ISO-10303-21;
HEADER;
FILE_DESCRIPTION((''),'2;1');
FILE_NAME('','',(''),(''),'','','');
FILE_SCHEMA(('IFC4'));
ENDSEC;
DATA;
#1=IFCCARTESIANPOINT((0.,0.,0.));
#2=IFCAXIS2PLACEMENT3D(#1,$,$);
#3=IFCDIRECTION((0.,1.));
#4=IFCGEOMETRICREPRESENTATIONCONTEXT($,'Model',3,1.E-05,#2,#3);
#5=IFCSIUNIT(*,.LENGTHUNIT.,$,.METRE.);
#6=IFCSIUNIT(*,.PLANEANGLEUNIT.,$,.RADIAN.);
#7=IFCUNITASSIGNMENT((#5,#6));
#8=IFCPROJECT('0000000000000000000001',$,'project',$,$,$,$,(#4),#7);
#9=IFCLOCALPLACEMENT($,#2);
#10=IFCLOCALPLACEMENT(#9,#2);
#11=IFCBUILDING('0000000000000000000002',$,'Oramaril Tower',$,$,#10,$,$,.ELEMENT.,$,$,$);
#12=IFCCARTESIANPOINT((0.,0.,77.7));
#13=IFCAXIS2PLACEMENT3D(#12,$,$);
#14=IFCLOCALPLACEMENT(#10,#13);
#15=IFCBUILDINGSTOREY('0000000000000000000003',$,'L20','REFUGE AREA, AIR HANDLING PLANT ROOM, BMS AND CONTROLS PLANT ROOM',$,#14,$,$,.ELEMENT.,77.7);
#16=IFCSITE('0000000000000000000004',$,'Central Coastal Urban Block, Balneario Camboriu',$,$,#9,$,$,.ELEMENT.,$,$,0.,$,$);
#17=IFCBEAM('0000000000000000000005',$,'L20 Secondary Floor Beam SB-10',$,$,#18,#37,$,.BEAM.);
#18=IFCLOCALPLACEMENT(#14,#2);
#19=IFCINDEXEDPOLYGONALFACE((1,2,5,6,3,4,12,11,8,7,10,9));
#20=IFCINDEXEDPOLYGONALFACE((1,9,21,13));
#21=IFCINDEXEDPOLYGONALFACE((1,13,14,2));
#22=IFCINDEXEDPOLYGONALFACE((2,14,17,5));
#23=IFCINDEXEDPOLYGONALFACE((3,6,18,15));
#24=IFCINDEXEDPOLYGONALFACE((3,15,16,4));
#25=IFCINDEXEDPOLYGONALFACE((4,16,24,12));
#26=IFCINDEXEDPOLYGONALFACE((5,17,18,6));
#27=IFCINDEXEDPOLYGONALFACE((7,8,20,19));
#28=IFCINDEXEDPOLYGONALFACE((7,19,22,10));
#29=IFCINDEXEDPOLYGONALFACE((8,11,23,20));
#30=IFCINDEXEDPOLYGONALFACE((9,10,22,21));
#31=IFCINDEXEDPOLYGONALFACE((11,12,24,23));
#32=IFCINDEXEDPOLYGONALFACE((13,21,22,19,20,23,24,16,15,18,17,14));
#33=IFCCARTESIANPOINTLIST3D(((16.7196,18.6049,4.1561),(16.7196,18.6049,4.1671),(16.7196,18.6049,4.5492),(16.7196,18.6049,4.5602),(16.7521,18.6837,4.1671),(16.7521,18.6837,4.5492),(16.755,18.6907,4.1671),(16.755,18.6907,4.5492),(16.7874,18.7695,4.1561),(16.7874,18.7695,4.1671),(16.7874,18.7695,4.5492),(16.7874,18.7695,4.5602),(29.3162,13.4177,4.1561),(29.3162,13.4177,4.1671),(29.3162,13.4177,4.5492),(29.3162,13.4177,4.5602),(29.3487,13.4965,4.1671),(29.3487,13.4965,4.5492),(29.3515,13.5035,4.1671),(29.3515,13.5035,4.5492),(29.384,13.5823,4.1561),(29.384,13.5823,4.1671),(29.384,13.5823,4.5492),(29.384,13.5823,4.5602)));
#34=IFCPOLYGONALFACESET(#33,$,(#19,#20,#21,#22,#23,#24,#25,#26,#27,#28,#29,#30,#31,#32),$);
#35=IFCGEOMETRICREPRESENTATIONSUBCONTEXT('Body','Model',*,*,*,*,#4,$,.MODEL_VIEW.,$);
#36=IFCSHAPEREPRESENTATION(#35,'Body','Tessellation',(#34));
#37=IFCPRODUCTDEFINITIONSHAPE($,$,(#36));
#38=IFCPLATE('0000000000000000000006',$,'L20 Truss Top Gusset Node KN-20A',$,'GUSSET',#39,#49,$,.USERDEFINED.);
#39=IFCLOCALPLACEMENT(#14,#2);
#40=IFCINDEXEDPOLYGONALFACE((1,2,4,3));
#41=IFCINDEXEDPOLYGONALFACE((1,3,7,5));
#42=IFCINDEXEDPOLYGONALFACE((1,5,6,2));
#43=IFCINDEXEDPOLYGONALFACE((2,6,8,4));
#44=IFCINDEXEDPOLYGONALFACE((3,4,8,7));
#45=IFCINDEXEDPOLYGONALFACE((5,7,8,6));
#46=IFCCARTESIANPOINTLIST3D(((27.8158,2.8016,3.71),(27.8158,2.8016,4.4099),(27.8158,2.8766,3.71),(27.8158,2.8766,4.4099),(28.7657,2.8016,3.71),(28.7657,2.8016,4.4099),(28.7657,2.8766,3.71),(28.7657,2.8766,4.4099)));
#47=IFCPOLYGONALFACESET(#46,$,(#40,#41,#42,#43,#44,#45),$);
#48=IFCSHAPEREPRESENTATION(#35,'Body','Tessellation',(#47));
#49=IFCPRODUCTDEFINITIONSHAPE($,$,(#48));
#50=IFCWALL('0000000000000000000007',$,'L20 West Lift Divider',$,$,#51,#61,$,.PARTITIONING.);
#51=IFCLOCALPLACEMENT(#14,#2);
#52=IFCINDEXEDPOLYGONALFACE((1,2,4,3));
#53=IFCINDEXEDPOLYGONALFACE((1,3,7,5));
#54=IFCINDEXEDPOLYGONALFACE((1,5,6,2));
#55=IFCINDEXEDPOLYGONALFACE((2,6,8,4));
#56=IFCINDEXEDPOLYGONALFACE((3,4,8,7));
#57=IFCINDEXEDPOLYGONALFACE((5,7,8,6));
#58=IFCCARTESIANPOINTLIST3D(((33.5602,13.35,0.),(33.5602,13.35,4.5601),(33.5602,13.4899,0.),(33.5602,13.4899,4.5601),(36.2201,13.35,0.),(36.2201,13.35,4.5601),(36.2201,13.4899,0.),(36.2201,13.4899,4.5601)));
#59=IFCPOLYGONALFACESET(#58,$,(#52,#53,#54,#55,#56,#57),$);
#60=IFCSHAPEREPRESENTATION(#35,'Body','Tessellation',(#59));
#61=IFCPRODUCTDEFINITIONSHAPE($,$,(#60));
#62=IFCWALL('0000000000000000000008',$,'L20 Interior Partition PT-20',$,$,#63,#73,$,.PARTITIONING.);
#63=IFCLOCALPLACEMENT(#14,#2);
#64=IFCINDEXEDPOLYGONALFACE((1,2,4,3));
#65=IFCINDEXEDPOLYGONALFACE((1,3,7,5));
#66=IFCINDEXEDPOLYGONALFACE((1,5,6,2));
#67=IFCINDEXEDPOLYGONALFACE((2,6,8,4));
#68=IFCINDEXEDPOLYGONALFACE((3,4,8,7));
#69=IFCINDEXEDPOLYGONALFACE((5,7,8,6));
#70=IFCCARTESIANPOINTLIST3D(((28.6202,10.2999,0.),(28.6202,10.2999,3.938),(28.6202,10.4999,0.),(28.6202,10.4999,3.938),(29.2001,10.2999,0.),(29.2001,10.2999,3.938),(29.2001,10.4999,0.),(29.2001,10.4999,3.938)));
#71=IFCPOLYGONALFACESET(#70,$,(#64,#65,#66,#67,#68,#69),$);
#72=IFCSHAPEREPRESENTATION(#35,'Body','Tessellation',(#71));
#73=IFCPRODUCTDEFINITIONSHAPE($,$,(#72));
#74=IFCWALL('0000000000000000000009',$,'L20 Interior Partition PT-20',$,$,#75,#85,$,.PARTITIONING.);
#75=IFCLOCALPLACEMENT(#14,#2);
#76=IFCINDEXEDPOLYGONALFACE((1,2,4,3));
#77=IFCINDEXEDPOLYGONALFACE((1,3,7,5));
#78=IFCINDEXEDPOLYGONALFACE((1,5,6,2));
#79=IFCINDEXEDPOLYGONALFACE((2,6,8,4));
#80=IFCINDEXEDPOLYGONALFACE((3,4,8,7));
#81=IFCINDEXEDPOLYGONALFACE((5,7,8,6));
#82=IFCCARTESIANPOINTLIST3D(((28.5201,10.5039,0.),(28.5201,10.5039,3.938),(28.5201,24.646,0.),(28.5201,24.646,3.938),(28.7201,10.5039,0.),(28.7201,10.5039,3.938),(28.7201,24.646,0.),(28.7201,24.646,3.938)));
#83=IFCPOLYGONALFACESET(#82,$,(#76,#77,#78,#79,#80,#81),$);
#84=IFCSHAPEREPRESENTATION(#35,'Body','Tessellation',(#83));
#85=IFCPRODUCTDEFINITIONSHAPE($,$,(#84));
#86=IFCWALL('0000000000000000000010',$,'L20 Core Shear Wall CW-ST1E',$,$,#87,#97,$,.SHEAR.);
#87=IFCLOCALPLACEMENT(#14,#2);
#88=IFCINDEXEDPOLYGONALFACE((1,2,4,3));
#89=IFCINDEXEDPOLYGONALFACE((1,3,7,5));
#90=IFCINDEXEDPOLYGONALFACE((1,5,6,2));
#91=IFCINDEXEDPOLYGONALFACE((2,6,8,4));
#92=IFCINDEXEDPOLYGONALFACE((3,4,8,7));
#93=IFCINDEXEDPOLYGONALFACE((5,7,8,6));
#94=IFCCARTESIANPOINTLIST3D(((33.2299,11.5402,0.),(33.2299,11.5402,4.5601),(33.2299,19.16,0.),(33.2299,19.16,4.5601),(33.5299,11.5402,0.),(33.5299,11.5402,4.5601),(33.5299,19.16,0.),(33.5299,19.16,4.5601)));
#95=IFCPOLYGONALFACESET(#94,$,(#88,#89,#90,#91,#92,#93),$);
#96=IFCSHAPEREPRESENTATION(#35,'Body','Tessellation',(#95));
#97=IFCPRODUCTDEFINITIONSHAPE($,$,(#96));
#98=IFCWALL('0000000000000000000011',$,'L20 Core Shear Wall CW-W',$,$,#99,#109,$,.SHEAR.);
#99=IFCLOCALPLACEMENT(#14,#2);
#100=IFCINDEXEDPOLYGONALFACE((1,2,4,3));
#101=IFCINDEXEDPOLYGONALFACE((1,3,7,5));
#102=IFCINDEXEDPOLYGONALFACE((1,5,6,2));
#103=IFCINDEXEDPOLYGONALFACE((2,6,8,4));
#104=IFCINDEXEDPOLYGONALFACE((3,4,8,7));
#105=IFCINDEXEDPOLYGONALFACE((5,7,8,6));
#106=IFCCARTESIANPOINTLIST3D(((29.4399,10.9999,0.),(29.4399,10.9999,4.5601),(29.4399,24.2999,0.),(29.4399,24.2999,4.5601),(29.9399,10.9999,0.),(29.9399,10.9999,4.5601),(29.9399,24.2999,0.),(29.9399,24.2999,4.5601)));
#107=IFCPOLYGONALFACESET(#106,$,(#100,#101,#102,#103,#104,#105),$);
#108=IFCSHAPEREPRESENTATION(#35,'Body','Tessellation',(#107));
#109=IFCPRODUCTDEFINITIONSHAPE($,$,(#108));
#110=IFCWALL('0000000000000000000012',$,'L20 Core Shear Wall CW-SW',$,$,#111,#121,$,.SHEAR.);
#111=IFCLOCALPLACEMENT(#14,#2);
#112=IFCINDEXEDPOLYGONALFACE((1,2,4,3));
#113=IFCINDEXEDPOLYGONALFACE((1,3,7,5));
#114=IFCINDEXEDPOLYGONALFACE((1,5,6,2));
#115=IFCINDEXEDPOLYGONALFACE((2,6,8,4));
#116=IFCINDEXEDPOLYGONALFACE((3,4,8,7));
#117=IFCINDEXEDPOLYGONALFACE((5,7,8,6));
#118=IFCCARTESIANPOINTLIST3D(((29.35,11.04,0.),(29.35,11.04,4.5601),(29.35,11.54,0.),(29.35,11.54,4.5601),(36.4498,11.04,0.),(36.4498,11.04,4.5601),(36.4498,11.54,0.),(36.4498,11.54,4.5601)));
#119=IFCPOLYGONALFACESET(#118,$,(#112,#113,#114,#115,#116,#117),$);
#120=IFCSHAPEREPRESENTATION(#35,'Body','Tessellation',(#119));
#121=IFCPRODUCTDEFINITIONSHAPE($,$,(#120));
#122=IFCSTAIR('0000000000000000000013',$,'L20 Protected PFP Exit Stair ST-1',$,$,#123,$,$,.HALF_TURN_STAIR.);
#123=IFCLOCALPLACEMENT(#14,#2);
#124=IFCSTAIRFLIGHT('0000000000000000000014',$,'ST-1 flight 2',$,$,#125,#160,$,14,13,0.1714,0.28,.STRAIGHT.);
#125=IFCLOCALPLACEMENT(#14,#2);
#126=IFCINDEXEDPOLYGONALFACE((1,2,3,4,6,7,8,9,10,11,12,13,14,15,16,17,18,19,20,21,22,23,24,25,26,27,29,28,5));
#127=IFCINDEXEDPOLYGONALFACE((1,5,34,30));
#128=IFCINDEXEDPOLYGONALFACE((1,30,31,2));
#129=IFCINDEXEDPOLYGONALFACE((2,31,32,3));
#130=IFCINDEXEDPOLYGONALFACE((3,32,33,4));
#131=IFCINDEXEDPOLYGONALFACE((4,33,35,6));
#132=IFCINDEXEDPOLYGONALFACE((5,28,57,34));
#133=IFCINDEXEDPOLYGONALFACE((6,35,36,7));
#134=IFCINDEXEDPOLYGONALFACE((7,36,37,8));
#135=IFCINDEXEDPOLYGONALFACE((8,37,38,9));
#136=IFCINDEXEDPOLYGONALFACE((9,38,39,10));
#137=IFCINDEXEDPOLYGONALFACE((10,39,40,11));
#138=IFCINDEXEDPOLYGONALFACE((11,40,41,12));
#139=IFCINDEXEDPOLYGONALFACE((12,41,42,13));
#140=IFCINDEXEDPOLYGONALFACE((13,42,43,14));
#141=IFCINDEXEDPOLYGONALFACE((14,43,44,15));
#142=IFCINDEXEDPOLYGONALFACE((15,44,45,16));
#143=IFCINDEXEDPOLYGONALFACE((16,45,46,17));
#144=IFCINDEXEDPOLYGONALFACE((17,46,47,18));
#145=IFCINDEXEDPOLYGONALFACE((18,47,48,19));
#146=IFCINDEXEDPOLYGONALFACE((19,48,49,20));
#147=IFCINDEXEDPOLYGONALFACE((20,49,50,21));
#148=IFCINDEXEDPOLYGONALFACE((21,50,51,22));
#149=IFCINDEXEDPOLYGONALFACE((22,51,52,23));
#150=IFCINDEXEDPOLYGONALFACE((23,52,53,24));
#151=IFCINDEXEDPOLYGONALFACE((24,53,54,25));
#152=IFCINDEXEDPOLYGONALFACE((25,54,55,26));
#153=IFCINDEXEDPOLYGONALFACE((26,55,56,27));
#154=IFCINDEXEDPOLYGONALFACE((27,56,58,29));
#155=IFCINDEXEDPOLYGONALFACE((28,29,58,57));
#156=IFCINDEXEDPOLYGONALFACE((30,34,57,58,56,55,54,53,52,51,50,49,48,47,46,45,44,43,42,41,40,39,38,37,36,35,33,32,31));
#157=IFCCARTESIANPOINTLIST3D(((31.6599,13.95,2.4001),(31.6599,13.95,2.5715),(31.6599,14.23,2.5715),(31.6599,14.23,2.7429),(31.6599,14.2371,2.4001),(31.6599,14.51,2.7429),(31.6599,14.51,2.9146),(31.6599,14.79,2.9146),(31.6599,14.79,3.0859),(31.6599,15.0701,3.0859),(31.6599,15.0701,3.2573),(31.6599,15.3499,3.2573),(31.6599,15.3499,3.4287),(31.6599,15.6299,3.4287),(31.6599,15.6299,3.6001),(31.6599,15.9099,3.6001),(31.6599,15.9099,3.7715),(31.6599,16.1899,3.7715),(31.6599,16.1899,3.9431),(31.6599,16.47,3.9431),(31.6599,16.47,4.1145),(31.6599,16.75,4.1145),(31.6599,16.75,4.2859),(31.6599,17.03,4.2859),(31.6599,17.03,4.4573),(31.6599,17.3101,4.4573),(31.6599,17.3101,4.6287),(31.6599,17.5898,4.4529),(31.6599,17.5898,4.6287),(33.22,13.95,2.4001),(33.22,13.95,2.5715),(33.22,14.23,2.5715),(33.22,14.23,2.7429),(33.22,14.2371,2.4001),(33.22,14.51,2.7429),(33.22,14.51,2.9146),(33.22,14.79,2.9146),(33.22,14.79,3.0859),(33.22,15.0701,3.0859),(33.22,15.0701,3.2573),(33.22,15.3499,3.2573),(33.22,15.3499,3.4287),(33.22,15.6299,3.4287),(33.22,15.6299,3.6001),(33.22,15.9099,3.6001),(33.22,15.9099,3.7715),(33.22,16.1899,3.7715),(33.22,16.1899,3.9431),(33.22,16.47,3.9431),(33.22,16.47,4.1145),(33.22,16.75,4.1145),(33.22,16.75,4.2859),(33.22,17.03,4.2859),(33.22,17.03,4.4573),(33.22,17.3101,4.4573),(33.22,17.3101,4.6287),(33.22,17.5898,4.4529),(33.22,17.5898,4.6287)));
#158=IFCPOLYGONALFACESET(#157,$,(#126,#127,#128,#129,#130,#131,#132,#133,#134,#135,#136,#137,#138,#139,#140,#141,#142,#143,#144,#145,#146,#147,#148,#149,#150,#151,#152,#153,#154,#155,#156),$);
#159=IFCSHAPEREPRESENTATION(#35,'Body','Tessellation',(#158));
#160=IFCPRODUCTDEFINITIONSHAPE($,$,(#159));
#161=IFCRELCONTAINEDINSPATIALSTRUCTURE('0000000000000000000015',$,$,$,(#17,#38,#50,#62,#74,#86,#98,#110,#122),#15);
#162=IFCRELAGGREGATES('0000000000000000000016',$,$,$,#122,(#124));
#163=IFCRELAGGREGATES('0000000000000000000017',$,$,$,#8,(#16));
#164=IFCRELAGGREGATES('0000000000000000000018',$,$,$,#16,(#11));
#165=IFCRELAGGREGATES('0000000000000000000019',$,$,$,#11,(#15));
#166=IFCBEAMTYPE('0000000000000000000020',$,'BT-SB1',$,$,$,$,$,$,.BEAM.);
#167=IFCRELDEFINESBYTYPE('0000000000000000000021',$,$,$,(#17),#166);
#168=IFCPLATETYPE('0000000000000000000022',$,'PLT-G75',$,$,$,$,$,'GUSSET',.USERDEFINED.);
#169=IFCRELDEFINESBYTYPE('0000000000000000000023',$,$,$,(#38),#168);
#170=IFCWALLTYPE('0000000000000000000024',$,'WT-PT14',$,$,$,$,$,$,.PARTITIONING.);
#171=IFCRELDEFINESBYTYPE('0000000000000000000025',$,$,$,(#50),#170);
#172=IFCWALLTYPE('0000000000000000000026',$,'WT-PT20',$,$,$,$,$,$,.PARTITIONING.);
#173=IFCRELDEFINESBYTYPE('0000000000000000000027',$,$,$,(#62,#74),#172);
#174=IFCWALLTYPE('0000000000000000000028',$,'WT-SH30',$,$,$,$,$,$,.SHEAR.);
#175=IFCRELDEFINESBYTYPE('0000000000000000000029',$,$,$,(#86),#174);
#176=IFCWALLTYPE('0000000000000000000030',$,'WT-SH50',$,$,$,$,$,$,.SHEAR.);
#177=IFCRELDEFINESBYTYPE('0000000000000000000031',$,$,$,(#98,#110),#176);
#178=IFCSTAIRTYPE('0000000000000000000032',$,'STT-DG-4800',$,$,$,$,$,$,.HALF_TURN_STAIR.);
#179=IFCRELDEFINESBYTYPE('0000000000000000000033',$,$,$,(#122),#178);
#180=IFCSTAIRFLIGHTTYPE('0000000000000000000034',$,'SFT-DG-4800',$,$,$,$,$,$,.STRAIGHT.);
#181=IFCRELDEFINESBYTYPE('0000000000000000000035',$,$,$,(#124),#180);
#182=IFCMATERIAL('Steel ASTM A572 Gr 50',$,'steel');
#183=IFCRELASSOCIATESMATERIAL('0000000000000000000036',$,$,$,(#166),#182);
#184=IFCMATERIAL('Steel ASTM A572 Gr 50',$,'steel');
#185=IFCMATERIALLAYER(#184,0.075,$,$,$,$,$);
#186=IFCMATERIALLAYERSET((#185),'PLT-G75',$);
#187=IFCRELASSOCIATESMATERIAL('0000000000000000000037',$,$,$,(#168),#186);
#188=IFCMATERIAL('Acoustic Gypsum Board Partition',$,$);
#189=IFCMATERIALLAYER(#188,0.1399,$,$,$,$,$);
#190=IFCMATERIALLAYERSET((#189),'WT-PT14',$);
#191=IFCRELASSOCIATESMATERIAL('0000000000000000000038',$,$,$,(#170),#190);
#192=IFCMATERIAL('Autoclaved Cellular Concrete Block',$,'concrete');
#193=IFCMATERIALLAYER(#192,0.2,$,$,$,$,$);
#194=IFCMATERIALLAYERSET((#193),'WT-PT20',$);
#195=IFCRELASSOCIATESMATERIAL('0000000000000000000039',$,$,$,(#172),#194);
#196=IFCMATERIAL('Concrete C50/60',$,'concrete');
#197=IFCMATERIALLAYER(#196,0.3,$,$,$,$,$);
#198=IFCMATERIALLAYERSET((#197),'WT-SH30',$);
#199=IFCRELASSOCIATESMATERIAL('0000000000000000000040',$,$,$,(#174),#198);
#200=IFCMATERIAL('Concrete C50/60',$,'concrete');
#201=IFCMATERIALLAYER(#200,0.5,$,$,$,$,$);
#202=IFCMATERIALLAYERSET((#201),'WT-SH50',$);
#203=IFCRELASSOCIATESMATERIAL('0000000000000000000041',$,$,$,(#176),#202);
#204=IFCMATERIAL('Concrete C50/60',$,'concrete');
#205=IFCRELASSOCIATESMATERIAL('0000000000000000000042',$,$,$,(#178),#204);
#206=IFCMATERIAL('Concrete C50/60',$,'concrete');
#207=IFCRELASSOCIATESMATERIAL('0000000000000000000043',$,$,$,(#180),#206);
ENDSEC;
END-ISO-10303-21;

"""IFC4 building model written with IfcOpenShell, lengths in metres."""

from ifc_helpers import new_model, si_unit, direction, frame, frame_2d, origin, origin_2d, place, context, subcontext, project, spatial, polyline, rectangle, i_section, outline, extrude, material, layer, layer_set, material_profile, profile_set, type_object, element, aggregate, save


model = new_model("IFC4")

# Units and contexts
model_context = context("Model", 3, precision=1e-05, world=origin(), true_north=direction((0.0, 1.0)))
body_context = subcontext(model_context, "Body", "Model", "MODEL_VIEW")
ifc_project = project(units=[si_unit("LENGTHUNIT", "METRE"), si_unit("PLANEANGLEUNIT", "RADIAN")], contexts=[model_context])

# Site, building, storey
site_placement = place(None, origin())
site = spatial("IfcSite", under=ifc_project, at=site_placement, Name="Central Coastal Urban Block, Balneario Camboriu", CompositionType="ELEMENT", RefElevation=0.0)
building_placement = place(site_placement, origin())
building = spatial("IfcBuilding", under=site, at=building_placement, Name="Oramaril Tower", CompositionType="ELEMENT")
storey_placement = place(building_placement, frame((0.0, 0.0, 77.7)))
storey = spatial("IfcBuildingStorey", under=building, at=storey_placement, Name="L20", Description="REFUGE AREA, AIR HANDLING PLANT ROOM, BMS AND CONTROLS PLANT ROOM", CompositionType="ELEMENT", Elevation=77.7)

# Beam
ifc_material_1 = material(Name="Steel ASTM A572 Gr 50", Category="steel")
ifc_material_profile_1 = material_profile(ifc_material_1, i_section(OverallWidth=0.178, OverallDepth=0.4041, WebThickness=0.0076, FlangeThickness=0.011, at=origin_2d()), Name="W16X36")
ifc_profile_set_1 = profile_set([ifc_material_profile_1], Name="Steel ASTM A572 Gr 50")
beam_type_1 = type_object("IfcBeamType", Name="BT-SB1", PredefinedType="BEAM", material=ifc_profile_set_1)
beam_1_placement = place(storey_placement, frame((29.3501, 13.5, 4.3582), z_axis=(-0.924668, 0.380774, 0.0), x_axis=(-0.380774, -0.924668, 0.0)))
element("IfcBeam", 1, at=beam_1_placement, inside=storey, type_object=beam_type_1, Name="L20 Secondary Floor Beam SB-10", PredefinedType="BEAM", context=body_context, shape_type="SweptSolid", body=[
    extrude(i_section(OverallWidth=0.178, OverallDepth=0.4041, WebThickness=0.0076, FlangeThickness=0.011, at=origin_2d()), origin(), (0.0, 0.0, 1.0), 13.6228),
])

# Plate
ifc_material_2 = material(Name="Steel ASTM A572 Gr 50", Category="steel")
ifc_layer_1 = layer(ifc_material_2, 0.075)
ifc_layer_set_1 = layer_set([ifc_layer_1], Name="PLT-G75")
plate_type = type_object("IfcPlateType", Name="PLT-G75", ElementType="GUSSET", PredefinedType="USERDEFINED", material=ifc_layer_set_1)
plate_placement = place(storey_placement, frame((28.2908, 2.8391, 3.71), z_axis=(0.0, 0.0, 1.0), x_axis=(1.0, 0.0, 0.0)))
element("IfcPlate", 2, at=plate_placement, inside=storey, type_object=plate_type, Name="L20 Truss Top Gusset Node KN-20A", ObjectType="GUSSET", PredefinedType="USERDEFINED", context=body_context, shape_type="SweptSolid", body=[
    extrude(rectangle(XDim=0.95, YDim=0.075, at=origin_2d()), origin(), (0.0, 0.0, 1.0), 0.7),
])

# Walls
ifc_material_3 = material(Name="Acoustic Gypsum Board Partition")
ifc_layer_2 = layer(ifc_material_3, 0.1399)
ifc_layer_set_2 = layer_set([ifc_layer_2], Name="WT-PT14")
wall_type_1 = type_object("IfcWallType", Name="WT-PT14", PredefinedType="PARTITIONING", material=ifc_layer_set_2)
wall_1_placement = place(storey_placement, frame((33.5601, 13.4199, 0.0), z_axis=(0.0, 0.0, 1.0), x_axis=(1.0, 0.0, 0.0)))
element("IfcWall", 3, at=wall_1_placement, inside=storey, type_object=wall_type_1, Name="L20 West Lift Divider", PredefinedType="PARTITIONING", context=body_context, shape_type="SweptSolid", body=[
    extrude(rectangle(XDim=2.6599, YDim=0.1399, at=frame_2d((1.3301, 0.0))), origin(), (0.0, 0.0, 1.0), 4.5601),
])
ifc_material_4 = material(Name="Autoclaved Cellular Concrete Block", Category="concrete")
ifc_layer_3 = layer(ifc_material_4, 0.2)
ifc_layer_set_3 = layer_set([ifc_layer_3], Name="WT-PT20")
wall_type_2 = type_object("IfcWallType", Name="WT-PT20", PredefinedType="PARTITIONING", material=ifc_layer_set_3)
wall_2_placement = place(storey_placement, frame((28.6201, 10.3999, 0.0), z_axis=(0.0, 0.0, 1.0), x_axis=(1.0, 0.0, 0.0)))
element("IfcWall", 4, at=wall_2_placement, inside=storey, type_object=wall_type_2, Name="L20 Interior Partition PT-20", PredefinedType="PARTITIONING", context=body_context, shape_type="SweptSolid", body=[
    extrude(rectangle(XDim=0.5798, YDim=0.2, at=frame_2d((0.29, 0.0))), origin(), (0.0, 0.0, 1.0), 3.938),
])

# Walls
wall_3_placement = place(storey_placement, frame((28.6201, 10.5039, 0.0), z_axis=(0.0, 0.0, 1.0), x_axis=(0.0, 1.0, 0.0)))
element("IfcWall", 5, at=wall_3_placement, inside=storey, type_object=wall_type_2, Name="L20 Interior Partition PT-20", PredefinedType="PARTITIONING", context=body_context, shape_type="SweptSolid", body=[
    extrude(rectangle(XDim=14.1421, YDim=0.2, at=frame_2d((7.071, 0.0))), origin(), (0.0, 0.0, 1.0), 3.938),
])
ifc_material_5 = material(Name="Concrete C50/60", Category="concrete")
ifc_layer_4 = layer(ifc_material_5, 0.3)
ifc_layer_set_4 = layer_set([ifc_layer_4], Name="WT-SH30")
wall_type_3 = type_object("IfcWallType", Name="WT-SH30", PredefinedType="SHEAR", material=ifc_layer_set_4)
wall_4_placement = place(storey_placement, frame((33.3799, 11.54, 0.0), z_axis=(0.0, 0.0, 1.0), x_axis=(0.0, 1.0, 0.0)))
element("IfcWall", 6, at=wall_4_placement, inside=storey, type_object=wall_type_3, Name="L20 Core Shear Wall CW-ST1E", PredefinedType="SHEAR", context=body_context, shape_type="SweptSolid", body=[
    extrude(rectangle(XDim=7.6199, YDim=0.3, at=frame_2d((3.8101, 0.0))), origin(), (0.0, 0.0, 1.0), 4.5601),
])
ifc_material_6 = material(Name="Concrete C50/60", Category="concrete")
ifc_layer_5 = layer(ifc_material_6, 0.5)
ifc_layer_set_5 = layer_set([ifc_layer_5], Name="WT-SH50")
wall_type_4 = type_object("IfcWallType", Name="WT-SH50", PredefinedType="SHEAR", material=ifc_layer_set_5)
wall_5_placement = place(storey_placement, frame((29.6899, 11.0, 0.0), z_axis=(0.0, 0.0, 1.0), x_axis=(0.0, 1.0, 0.0)))
element("IfcWall", 7, at=wall_5_placement, inside=storey, type_object=wall_type_4, Name="L20 Core Shear Wall CW-W", PredefinedType="SHEAR", context=body_context, shape_type="SweptSolid", body=[
    extrude(rectangle(XDim=13.3, YDim=0.5, at=frame_2d((6.6499, 0.0))), origin(), (0.0, 0.0, 1.0), 4.5601),
])
wall_6_placement = place(storey_placement, frame((29.3501, 11.29, 0.0), z_axis=(0.0, 0.0, 1.0), x_axis=(1.0, 0.0, 0.0)))
element("IfcWall", 8, at=wall_6_placement, inside=storey, type_object=wall_type_4, Name="L20 Core Shear Wall CW-SW", PredefinedType="SHEAR", context=body_context, shape_type="SweptSolid", body=[
    extrude(rectangle(XDim=7.0999, YDim=0.5, at=frame_2d((3.5498, 0.0))), origin(), (0.0, 0.0, 1.0), 4.5601),
])

# Stair, stair flight
ifc_material_7 = material(Name="Concrete C50/60", Category="concrete")
stair_type = type_object("IfcStairType", Name="STT-DG-4800", PredefinedType="HALF_TURN_STAIR", material=ifc_material_7)
stair_placement = place(storey_placement, origin())
stair = element("IfcStair", 9, at=stair_placement, inside=storey, type_object=stair_type, Name="L20 Protected PFP Exit Stair ST-1", PredefinedType="HALF_TURN_STAIR")
ifc_material_8 = material(Name="Concrete C50/60", Category="concrete")
stair_flight_type = type_object("IfcStairFlightType", Name="SFT-DG-4800", PredefinedType="STRAIGHT", material=ifc_material_8)
stair_flight_placement = place(storey_placement, frame((32.4399, 13.95, 2.4001), z_axis=(0.0, 0.0, 1.0), x_axis=(0.0, 1.0, 0.0)))
stair_flight = element("IfcStairFlight", 10, at=stair_flight_placement, type_object=stair_flight_type, Name="ST-1 flight 2", NumberOfRisers=14, NumberOfTreads=13, PredefinedType="STRAIGHT", RiserHeight=0.1714, TreadLength=0.28, context=body_context, shape_type="SweptSolid", body=[
    extrude(outline(polyline([(0.0, 0.0), (0.0, 0.1714), (0.28, 0.1714), (0.28, 0.3428), (0.5601, 0.3428), (0.5601, 0.5144), (0.8401, 0.5144), (0.8401, 0.6858), (1.1201, 0.6858), (1.1201, 0.8572), (1.3999, 0.8572), (1.3999, 1.0286), (1.6799, 1.0286), (1.6799, 1.2), (1.96, 1.2), (1.96, 1.3713), (2.24, 1.3713), (2.24, 1.543), (2.52, 1.543), (2.52, 1.7144), (2.8, 1.7144), (2.8, 1.8857), (3.0801, 1.8857), (3.0801, 2.0571), (3.3601, 2.0571), (3.3601, 2.2285), (3.6399, 2.2285), (3.6399, 2.3999), (3.6399, 2.0527), (0.2871, 0.0), (0.0, 0.0)])), frame((0.0, 0.78, 0.0), z_axis=(0.0, -1.0, 0.0), x_axis=(1.0, 0.0, 0.0)), (0.0, 0.0, 1.0), 1.5601),
])
aggregate(stair, [stair_flight])

save(model, "model.ifc")
